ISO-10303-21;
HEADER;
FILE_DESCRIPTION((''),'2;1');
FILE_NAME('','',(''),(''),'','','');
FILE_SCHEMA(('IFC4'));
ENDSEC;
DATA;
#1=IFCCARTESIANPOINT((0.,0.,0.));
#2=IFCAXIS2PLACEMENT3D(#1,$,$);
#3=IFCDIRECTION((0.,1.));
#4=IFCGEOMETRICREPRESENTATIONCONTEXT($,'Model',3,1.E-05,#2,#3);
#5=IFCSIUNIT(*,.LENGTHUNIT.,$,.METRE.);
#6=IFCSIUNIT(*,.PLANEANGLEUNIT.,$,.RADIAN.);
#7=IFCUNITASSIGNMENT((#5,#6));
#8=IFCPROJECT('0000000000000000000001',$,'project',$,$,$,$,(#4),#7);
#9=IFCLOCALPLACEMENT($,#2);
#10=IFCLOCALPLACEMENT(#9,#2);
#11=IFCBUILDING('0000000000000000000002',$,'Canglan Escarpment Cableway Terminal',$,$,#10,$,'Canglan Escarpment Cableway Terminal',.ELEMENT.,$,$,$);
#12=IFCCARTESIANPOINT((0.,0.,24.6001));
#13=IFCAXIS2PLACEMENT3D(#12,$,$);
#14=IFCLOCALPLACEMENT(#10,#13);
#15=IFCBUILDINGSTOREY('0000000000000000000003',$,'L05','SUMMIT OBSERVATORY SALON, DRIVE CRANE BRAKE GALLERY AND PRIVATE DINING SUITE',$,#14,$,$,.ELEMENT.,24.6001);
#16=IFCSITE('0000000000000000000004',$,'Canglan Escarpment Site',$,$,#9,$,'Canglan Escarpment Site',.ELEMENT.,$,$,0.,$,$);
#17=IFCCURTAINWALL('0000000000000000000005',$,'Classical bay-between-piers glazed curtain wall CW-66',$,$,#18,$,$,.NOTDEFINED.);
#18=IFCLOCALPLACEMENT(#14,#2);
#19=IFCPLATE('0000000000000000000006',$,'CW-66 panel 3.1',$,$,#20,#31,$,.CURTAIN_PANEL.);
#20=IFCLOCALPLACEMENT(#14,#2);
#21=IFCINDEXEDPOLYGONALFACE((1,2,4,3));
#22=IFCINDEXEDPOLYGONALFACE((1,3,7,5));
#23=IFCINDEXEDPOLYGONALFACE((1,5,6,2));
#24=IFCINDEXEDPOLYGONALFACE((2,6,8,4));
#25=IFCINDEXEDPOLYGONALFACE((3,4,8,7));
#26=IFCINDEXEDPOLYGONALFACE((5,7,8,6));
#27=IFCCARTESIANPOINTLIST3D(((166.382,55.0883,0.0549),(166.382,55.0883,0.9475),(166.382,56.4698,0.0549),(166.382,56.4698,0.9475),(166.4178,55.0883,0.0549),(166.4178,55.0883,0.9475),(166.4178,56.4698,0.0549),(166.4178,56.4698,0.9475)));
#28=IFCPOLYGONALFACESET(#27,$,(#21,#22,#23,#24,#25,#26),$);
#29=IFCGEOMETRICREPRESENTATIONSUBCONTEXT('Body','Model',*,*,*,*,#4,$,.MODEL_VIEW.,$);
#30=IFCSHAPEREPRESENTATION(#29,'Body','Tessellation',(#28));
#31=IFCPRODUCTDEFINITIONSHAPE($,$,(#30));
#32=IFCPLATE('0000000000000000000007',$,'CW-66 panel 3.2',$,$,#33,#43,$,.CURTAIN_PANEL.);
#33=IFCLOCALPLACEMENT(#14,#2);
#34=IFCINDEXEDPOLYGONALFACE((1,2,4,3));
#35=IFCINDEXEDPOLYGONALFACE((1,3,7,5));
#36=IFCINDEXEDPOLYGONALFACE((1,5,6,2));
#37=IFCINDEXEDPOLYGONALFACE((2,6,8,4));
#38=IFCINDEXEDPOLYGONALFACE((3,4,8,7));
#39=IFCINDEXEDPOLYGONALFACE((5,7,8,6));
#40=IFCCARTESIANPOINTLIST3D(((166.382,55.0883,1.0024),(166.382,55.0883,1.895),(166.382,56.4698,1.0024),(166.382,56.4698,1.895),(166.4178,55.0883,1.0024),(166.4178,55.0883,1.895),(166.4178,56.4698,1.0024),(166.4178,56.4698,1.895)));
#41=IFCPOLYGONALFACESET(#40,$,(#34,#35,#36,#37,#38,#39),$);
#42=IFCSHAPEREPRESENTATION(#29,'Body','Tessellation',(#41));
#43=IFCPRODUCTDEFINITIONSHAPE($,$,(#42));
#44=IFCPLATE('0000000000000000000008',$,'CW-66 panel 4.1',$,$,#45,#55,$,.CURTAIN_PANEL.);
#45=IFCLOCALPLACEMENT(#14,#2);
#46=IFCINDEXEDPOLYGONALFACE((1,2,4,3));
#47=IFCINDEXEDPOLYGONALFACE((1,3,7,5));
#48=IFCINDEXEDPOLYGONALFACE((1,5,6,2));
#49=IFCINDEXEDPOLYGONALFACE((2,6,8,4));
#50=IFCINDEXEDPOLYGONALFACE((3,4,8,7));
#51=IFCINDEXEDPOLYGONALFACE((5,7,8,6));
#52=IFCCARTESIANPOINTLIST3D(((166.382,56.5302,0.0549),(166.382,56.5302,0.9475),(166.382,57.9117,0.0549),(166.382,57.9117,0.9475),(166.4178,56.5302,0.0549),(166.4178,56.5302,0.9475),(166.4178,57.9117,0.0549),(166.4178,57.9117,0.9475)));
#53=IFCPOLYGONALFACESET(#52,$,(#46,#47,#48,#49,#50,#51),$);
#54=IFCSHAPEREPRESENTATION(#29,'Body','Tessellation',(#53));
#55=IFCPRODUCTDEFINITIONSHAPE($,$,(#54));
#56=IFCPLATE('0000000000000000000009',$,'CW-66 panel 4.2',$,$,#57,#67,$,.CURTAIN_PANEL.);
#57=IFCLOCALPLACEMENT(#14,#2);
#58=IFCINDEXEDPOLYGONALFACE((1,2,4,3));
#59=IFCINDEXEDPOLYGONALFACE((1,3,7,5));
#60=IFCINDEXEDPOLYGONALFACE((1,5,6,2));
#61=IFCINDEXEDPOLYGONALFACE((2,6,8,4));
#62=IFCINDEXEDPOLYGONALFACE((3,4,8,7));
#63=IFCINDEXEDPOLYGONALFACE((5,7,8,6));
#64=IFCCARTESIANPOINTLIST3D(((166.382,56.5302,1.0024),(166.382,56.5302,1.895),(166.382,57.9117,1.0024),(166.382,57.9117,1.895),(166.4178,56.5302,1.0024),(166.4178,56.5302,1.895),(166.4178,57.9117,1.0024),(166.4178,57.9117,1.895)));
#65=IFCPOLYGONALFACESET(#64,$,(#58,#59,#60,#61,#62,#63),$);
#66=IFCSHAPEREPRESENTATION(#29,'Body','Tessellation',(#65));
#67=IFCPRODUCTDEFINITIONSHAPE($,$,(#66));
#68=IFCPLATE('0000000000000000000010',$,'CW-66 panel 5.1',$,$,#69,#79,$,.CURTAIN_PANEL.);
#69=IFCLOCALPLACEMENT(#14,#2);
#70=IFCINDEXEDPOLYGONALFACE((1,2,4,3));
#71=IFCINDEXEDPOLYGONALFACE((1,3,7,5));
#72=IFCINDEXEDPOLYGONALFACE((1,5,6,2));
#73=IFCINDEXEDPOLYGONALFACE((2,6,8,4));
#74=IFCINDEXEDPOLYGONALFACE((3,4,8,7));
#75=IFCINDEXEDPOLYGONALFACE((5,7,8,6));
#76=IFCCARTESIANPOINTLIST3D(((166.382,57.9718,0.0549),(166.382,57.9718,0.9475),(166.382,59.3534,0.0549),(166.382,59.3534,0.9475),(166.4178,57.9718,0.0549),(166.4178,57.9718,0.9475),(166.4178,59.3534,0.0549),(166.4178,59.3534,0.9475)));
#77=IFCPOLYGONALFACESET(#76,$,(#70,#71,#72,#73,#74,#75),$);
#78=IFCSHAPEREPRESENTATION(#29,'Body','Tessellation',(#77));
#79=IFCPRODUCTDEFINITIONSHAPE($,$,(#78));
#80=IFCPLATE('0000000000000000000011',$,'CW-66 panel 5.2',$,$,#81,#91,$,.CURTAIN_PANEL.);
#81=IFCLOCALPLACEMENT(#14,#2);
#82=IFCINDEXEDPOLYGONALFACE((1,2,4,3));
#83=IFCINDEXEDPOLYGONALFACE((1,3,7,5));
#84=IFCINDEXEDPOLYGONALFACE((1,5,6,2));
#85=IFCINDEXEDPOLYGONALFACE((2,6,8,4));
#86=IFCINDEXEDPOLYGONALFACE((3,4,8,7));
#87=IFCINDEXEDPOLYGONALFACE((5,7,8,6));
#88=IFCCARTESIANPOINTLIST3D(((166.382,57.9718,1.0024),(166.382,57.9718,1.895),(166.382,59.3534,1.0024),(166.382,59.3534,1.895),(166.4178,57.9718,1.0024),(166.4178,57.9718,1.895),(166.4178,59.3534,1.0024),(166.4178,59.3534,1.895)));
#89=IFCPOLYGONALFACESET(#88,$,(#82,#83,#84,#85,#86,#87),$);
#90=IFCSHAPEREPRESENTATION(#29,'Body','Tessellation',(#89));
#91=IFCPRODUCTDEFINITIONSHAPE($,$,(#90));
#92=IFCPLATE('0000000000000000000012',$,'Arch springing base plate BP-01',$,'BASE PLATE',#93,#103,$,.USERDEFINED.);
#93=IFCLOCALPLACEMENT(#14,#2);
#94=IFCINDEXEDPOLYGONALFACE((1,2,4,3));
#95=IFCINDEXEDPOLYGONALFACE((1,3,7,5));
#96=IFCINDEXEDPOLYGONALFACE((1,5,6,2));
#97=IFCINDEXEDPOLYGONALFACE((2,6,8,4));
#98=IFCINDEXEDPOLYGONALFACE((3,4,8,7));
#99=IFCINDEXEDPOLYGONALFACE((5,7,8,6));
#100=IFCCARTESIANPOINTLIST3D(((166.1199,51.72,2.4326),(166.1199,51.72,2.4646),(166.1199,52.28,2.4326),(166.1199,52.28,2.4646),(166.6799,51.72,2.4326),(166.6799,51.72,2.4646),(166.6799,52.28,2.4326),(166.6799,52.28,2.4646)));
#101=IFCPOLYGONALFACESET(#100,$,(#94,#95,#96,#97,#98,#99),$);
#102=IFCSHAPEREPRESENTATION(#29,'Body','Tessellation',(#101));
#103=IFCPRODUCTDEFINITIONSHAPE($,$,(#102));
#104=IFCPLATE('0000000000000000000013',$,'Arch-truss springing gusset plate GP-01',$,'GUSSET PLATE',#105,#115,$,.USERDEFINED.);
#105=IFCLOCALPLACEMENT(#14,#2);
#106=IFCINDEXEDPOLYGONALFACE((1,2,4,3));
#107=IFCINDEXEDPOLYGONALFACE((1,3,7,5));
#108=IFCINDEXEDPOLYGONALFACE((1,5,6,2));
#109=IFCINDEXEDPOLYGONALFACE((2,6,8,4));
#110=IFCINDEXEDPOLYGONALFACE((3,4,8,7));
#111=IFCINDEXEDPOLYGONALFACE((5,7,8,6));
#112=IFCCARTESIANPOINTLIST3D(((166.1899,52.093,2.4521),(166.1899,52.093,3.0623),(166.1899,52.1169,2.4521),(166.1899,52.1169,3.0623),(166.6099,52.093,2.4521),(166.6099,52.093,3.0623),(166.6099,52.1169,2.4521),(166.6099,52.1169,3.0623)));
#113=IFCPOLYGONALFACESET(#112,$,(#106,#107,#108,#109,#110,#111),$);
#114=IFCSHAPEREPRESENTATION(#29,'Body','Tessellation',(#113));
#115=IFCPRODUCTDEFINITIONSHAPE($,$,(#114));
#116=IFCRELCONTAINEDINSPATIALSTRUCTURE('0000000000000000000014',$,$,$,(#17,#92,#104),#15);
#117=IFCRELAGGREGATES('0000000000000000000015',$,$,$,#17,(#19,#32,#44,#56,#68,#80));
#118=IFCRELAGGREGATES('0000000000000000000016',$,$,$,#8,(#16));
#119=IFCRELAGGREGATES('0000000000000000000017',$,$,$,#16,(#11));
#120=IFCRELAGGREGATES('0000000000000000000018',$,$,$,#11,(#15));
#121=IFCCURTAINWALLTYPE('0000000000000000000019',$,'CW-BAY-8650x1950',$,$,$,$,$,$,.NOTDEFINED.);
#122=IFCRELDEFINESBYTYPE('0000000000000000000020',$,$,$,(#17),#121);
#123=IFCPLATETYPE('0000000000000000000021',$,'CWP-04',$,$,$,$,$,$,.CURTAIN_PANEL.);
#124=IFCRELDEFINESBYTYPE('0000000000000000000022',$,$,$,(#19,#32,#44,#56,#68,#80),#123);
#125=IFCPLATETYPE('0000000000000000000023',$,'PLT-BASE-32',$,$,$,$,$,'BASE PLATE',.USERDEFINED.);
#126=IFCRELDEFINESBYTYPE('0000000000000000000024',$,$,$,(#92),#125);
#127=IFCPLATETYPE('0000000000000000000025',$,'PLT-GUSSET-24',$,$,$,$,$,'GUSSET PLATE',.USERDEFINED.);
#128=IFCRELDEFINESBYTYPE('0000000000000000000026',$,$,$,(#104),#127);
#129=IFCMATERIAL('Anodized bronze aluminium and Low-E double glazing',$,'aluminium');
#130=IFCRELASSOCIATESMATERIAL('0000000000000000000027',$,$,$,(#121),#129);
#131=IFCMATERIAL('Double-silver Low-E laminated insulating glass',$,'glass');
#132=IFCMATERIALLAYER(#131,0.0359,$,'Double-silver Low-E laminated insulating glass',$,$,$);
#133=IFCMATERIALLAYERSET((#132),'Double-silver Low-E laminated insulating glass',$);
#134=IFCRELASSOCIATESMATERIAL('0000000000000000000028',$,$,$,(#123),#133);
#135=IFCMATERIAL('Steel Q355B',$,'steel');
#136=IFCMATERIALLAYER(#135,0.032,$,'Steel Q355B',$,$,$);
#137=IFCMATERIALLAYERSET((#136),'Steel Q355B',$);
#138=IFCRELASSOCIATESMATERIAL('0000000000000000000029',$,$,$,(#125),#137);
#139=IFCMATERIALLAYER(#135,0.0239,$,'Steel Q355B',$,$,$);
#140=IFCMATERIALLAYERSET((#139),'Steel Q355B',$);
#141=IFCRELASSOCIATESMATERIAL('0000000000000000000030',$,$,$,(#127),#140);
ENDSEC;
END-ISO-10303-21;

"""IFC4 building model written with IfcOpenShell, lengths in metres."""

from ifc_helpers import new_model, si_unit, direction, frame, origin, origin_2d, place, context, subcontext, project, spatial, rectangle, extrude, material, layer, layer_set, type_object, element, aggregate, save


model = new_model("IFC4")

# Units and contexts
model_context = context("Model", 3, precision=1e-05, world=origin(), true_north=direction((0.0, 1.0)))
body_context = subcontext(model_context, "Body", "Model", "MODEL_VIEW")
ifc_project = project(units=[si_unit("LENGTHUNIT", "METRE"), si_unit("PLANEANGLEUNIT", "RADIAN")], contexts=[model_context])

# Site, building, storey
site_placement = place(None, origin())
site = spatial("IfcSite", under=ifc_project, at=site_placement, Name="Canglan Escarpment Site", LongName="Canglan Escarpment Site", CompositionType="ELEMENT", RefElevation=0.0)
building_placement = place(site_placement, origin())
building = spatial("IfcBuilding", under=site, at=building_placement, Name="Canglan Escarpment Cableway Terminal", LongName="Canglan Escarpment Cableway Terminal", CompositionType="ELEMENT")
storey_placement = place(building_placement, frame((0.0, 0.0, 24.6001)))
storey = spatial("IfcBuildingStorey", under=building, at=storey_placement, Name="L05", Description="SUMMIT OBSERVATORY SALON, DRIVE CRANE BRAKE GALLERY AND PRIVATE DINING SUITE", CompositionType="ELEMENT", Elevation=24.6001)

# Shared definitions
ifc_material_1 = material(Name="Steel Q355B", Category="steel")

# Shared definitions
ifc_material_2 = material(Name="Anodized bronze aluminium and Low-E double glazing", Category="aluminium")

# Curtain wall
curtain_wall_type_1 = type_object("IfcCurtainWallType", Name="CW-BAY-8650x1950", PredefinedType="NOTDEFINED", material=ifc_material_2)
curtain_wall_1_placement = place(storey_placement, origin())
curtain_wall_1 = element("IfcCurtainWall", 1, at=curtain_wall_1_placement, inside=storey, type_object=curtain_wall_type_1, Name="Classical bay-between-piers glazed curtain wall CW-66", PredefinedType="NOTDEFINED")

# Plates
ifc_material_3 = material(Name="Double-silver Low-E laminated insulating glass", Category="glass")
ifc_layer_1 = layer(ifc_material_3, 0.0359, Name="Double-silver Low-E laminated insulating glass")
ifc_layer_set_1 = layer_set([ifc_layer_1], Name="Double-silver Low-E laminated insulating glass")
plate_type_1 = type_object("IfcPlateType", Name="CWP-04", PredefinedType="CURTAIN_PANEL", material=ifc_layer_set_1)
plate_1_placement = place(storey_placement, frame((166.3999, 55.7791, 0.0549), z_axis=(0.0, 0.0, 1.0), x_axis=(0.0, 1.0, 0.0)))
plate_1 = element("IfcPlate", 2, at=plate_1_placement, type_object=plate_type_1, Name="CW-66 panel 3.1", PredefinedType="CURTAIN_PANEL", context=body_context, shape_type="SweptSolid", body=[
    extrude(rectangle(XDim=1.3816, YDim=0.0359, at=origin_2d()), origin(), (0.0, 0.0, 1.0), 0.8926),
])
plate_2_placement = place(storey_placement, frame((166.3999, 55.7791, 1.0024), z_axis=(0.0, 0.0, 1.0), x_axis=(0.0, 1.0, 0.0)))
plate_2 = element("IfcPlate", 3, at=plate_2_placement, type_object=plate_type_1, Name="CW-66 panel 3.2", PredefinedType="CURTAIN_PANEL", context=body_context, shape_type="SweptSolid", body=[
    extrude(rectangle(XDim=1.3816, YDim=0.0359, at=origin_2d()), origin(), (0.0, 0.0, 1.0), 0.8926),
])
plate_3_placement = place(storey_placement, frame((166.3999, 57.2209, 0.0549), z_axis=(0.0, 0.0, 1.0), x_axis=(0.0, 1.0, 0.0)))
plate_3 = element("IfcPlate", 4, at=plate_3_placement, type_object=plate_type_1, Name="CW-66 panel 4.1", PredefinedType="CURTAIN_PANEL", context=body_context, shape_type="SweptSolid", body=[
    extrude(rectangle(XDim=1.3816, YDim=0.0359, at=origin_2d()), origin(), (0.0, 0.0, 1.0), 0.8926),
])
plate_4_placement = place(storey_placement, frame((166.3999, 57.2209, 1.0024), z_axis=(0.0, 0.0, 1.0), x_axis=(0.0, 1.0, 0.0)))
plate_4 = element("IfcPlate", 5, at=plate_4_placement, type_object=plate_type_1, Name="CW-66 panel 4.2", PredefinedType="CURTAIN_PANEL", context=body_context, shape_type="SweptSolid", body=[
    extrude(rectangle(XDim=1.3816, YDim=0.0359, at=origin_2d()), origin(), (0.0, 0.0, 1.0), 0.8926),
])
plate_5_placement = place(storey_placement, frame((166.3999, 58.6626, 0.0549), z_axis=(0.0, 0.0, 1.0), x_axis=(0.0, 1.0, 0.0)))
plate_5 = element("IfcPlate", 6, at=plate_5_placement, type_object=plate_type_1, Name="CW-66 panel 5.1", PredefinedType="CURTAIN_PANEL", context=body_context, shape_type="SweptSolid", body=[
    extrude(rectangle(XDim=1.3816, YDim=0.0359, at=origin_2d()), origin(), (0.0, 0.0, 1.0), 0.8926),
])
plate_6_placement = place(storey_placement, frame((166.3999, 58.6626, 1.0024), z_axis=(0.0, 0.0, 1.0), x_axis=(0.0, 1.0, 0.0)))
plate_6 = element("IfcPlate", 7, at=plate_6_placement, type_object=plate_type_1, Name="CW-66 panel 5.2", PredefinedType="CURTAIN_PANEL", context=body_context, shape_type="SweptSolid", body=[
    extrude(rectangle(XDim=1.3816, YDim=0.0359, at=origin_2d()), origin(), (0.0, 0.0, 1.0), 0.8926),
])
aggregate(curtain_wall_1, [plate_1, plate_2, plate_3, plate_4, plate_5, plate_6])

# Plates
ifc_layer_2 = layer(ifc_material_1, 0.032, Name="Steel Q355B")
ifc_layer_set_2 = layer_set([ifc_layer_2], Name="Steel Q355B")
plate_type_2 = type_object("IfcPlateType", Name="PLT-BASE-32", ElementType="BASE PLATE", PredefinedType="USERDEFINED", material=ifc_layer_set_2)
plate_7_placement = place(storey_placement, frame((166.3999, 52.0, 2.4326), z_axis=(0.0, 0.0, 1.0), x_axis=(1.0, 0.0, 0.0)))
element("IfcPlate", 8, at=plate_7_placement, inside=storey, type_object=plate_type_2, Name="Arch springing base plate BP-01", ObjectType="BASE PLATE", PredefinedType="USERDEFINED", context=body_context, shape_type="SweptSolid", body=[
    extrude(rectangle(XDim=0.5601, YDim=0.5601, at=origin_2d()), origin(), (0.0, 0.0, 1.0), 0.032),
])
ifc_layer_3 = layer(ifc_material_1, 0.0239, Name="Steel Q355B")
ifc_layer_set_3 = layer_set([ifc_layer_3], Name="Steel Q355B")
plate_type_3 = type_object("IfcPlateType", Name="PLT-GUSSET-24", ElementType="GUSSET PLATE", PredefinedType="USERDEFINED", material=ifc_layer_set_3)
plate_8_placement = place(storey_placement, frame((166.3999, 52.105, 2.4521), z_axis=(0.0, 0.0, 1.0), x_axis=(1.0, 0.0, 0.0)))
element("IfcPlate", 9, at=plate_8_placement, inside=storey, type_object=plate_type_3, Name="Arch-truss springing gusset plate GP-01", ObjectType="GUSSET PLATE", PredefinedType="USERDEFINED", context=body_context, shape_type="SweptSolid", body=[
    extrude(rectangle(XDim=0.4199, YDim=0.0239, at=origin_2d()), origin(), (0.0, 0.0, 1.0), 0.6101),
])

save(model, "model.ifc")
